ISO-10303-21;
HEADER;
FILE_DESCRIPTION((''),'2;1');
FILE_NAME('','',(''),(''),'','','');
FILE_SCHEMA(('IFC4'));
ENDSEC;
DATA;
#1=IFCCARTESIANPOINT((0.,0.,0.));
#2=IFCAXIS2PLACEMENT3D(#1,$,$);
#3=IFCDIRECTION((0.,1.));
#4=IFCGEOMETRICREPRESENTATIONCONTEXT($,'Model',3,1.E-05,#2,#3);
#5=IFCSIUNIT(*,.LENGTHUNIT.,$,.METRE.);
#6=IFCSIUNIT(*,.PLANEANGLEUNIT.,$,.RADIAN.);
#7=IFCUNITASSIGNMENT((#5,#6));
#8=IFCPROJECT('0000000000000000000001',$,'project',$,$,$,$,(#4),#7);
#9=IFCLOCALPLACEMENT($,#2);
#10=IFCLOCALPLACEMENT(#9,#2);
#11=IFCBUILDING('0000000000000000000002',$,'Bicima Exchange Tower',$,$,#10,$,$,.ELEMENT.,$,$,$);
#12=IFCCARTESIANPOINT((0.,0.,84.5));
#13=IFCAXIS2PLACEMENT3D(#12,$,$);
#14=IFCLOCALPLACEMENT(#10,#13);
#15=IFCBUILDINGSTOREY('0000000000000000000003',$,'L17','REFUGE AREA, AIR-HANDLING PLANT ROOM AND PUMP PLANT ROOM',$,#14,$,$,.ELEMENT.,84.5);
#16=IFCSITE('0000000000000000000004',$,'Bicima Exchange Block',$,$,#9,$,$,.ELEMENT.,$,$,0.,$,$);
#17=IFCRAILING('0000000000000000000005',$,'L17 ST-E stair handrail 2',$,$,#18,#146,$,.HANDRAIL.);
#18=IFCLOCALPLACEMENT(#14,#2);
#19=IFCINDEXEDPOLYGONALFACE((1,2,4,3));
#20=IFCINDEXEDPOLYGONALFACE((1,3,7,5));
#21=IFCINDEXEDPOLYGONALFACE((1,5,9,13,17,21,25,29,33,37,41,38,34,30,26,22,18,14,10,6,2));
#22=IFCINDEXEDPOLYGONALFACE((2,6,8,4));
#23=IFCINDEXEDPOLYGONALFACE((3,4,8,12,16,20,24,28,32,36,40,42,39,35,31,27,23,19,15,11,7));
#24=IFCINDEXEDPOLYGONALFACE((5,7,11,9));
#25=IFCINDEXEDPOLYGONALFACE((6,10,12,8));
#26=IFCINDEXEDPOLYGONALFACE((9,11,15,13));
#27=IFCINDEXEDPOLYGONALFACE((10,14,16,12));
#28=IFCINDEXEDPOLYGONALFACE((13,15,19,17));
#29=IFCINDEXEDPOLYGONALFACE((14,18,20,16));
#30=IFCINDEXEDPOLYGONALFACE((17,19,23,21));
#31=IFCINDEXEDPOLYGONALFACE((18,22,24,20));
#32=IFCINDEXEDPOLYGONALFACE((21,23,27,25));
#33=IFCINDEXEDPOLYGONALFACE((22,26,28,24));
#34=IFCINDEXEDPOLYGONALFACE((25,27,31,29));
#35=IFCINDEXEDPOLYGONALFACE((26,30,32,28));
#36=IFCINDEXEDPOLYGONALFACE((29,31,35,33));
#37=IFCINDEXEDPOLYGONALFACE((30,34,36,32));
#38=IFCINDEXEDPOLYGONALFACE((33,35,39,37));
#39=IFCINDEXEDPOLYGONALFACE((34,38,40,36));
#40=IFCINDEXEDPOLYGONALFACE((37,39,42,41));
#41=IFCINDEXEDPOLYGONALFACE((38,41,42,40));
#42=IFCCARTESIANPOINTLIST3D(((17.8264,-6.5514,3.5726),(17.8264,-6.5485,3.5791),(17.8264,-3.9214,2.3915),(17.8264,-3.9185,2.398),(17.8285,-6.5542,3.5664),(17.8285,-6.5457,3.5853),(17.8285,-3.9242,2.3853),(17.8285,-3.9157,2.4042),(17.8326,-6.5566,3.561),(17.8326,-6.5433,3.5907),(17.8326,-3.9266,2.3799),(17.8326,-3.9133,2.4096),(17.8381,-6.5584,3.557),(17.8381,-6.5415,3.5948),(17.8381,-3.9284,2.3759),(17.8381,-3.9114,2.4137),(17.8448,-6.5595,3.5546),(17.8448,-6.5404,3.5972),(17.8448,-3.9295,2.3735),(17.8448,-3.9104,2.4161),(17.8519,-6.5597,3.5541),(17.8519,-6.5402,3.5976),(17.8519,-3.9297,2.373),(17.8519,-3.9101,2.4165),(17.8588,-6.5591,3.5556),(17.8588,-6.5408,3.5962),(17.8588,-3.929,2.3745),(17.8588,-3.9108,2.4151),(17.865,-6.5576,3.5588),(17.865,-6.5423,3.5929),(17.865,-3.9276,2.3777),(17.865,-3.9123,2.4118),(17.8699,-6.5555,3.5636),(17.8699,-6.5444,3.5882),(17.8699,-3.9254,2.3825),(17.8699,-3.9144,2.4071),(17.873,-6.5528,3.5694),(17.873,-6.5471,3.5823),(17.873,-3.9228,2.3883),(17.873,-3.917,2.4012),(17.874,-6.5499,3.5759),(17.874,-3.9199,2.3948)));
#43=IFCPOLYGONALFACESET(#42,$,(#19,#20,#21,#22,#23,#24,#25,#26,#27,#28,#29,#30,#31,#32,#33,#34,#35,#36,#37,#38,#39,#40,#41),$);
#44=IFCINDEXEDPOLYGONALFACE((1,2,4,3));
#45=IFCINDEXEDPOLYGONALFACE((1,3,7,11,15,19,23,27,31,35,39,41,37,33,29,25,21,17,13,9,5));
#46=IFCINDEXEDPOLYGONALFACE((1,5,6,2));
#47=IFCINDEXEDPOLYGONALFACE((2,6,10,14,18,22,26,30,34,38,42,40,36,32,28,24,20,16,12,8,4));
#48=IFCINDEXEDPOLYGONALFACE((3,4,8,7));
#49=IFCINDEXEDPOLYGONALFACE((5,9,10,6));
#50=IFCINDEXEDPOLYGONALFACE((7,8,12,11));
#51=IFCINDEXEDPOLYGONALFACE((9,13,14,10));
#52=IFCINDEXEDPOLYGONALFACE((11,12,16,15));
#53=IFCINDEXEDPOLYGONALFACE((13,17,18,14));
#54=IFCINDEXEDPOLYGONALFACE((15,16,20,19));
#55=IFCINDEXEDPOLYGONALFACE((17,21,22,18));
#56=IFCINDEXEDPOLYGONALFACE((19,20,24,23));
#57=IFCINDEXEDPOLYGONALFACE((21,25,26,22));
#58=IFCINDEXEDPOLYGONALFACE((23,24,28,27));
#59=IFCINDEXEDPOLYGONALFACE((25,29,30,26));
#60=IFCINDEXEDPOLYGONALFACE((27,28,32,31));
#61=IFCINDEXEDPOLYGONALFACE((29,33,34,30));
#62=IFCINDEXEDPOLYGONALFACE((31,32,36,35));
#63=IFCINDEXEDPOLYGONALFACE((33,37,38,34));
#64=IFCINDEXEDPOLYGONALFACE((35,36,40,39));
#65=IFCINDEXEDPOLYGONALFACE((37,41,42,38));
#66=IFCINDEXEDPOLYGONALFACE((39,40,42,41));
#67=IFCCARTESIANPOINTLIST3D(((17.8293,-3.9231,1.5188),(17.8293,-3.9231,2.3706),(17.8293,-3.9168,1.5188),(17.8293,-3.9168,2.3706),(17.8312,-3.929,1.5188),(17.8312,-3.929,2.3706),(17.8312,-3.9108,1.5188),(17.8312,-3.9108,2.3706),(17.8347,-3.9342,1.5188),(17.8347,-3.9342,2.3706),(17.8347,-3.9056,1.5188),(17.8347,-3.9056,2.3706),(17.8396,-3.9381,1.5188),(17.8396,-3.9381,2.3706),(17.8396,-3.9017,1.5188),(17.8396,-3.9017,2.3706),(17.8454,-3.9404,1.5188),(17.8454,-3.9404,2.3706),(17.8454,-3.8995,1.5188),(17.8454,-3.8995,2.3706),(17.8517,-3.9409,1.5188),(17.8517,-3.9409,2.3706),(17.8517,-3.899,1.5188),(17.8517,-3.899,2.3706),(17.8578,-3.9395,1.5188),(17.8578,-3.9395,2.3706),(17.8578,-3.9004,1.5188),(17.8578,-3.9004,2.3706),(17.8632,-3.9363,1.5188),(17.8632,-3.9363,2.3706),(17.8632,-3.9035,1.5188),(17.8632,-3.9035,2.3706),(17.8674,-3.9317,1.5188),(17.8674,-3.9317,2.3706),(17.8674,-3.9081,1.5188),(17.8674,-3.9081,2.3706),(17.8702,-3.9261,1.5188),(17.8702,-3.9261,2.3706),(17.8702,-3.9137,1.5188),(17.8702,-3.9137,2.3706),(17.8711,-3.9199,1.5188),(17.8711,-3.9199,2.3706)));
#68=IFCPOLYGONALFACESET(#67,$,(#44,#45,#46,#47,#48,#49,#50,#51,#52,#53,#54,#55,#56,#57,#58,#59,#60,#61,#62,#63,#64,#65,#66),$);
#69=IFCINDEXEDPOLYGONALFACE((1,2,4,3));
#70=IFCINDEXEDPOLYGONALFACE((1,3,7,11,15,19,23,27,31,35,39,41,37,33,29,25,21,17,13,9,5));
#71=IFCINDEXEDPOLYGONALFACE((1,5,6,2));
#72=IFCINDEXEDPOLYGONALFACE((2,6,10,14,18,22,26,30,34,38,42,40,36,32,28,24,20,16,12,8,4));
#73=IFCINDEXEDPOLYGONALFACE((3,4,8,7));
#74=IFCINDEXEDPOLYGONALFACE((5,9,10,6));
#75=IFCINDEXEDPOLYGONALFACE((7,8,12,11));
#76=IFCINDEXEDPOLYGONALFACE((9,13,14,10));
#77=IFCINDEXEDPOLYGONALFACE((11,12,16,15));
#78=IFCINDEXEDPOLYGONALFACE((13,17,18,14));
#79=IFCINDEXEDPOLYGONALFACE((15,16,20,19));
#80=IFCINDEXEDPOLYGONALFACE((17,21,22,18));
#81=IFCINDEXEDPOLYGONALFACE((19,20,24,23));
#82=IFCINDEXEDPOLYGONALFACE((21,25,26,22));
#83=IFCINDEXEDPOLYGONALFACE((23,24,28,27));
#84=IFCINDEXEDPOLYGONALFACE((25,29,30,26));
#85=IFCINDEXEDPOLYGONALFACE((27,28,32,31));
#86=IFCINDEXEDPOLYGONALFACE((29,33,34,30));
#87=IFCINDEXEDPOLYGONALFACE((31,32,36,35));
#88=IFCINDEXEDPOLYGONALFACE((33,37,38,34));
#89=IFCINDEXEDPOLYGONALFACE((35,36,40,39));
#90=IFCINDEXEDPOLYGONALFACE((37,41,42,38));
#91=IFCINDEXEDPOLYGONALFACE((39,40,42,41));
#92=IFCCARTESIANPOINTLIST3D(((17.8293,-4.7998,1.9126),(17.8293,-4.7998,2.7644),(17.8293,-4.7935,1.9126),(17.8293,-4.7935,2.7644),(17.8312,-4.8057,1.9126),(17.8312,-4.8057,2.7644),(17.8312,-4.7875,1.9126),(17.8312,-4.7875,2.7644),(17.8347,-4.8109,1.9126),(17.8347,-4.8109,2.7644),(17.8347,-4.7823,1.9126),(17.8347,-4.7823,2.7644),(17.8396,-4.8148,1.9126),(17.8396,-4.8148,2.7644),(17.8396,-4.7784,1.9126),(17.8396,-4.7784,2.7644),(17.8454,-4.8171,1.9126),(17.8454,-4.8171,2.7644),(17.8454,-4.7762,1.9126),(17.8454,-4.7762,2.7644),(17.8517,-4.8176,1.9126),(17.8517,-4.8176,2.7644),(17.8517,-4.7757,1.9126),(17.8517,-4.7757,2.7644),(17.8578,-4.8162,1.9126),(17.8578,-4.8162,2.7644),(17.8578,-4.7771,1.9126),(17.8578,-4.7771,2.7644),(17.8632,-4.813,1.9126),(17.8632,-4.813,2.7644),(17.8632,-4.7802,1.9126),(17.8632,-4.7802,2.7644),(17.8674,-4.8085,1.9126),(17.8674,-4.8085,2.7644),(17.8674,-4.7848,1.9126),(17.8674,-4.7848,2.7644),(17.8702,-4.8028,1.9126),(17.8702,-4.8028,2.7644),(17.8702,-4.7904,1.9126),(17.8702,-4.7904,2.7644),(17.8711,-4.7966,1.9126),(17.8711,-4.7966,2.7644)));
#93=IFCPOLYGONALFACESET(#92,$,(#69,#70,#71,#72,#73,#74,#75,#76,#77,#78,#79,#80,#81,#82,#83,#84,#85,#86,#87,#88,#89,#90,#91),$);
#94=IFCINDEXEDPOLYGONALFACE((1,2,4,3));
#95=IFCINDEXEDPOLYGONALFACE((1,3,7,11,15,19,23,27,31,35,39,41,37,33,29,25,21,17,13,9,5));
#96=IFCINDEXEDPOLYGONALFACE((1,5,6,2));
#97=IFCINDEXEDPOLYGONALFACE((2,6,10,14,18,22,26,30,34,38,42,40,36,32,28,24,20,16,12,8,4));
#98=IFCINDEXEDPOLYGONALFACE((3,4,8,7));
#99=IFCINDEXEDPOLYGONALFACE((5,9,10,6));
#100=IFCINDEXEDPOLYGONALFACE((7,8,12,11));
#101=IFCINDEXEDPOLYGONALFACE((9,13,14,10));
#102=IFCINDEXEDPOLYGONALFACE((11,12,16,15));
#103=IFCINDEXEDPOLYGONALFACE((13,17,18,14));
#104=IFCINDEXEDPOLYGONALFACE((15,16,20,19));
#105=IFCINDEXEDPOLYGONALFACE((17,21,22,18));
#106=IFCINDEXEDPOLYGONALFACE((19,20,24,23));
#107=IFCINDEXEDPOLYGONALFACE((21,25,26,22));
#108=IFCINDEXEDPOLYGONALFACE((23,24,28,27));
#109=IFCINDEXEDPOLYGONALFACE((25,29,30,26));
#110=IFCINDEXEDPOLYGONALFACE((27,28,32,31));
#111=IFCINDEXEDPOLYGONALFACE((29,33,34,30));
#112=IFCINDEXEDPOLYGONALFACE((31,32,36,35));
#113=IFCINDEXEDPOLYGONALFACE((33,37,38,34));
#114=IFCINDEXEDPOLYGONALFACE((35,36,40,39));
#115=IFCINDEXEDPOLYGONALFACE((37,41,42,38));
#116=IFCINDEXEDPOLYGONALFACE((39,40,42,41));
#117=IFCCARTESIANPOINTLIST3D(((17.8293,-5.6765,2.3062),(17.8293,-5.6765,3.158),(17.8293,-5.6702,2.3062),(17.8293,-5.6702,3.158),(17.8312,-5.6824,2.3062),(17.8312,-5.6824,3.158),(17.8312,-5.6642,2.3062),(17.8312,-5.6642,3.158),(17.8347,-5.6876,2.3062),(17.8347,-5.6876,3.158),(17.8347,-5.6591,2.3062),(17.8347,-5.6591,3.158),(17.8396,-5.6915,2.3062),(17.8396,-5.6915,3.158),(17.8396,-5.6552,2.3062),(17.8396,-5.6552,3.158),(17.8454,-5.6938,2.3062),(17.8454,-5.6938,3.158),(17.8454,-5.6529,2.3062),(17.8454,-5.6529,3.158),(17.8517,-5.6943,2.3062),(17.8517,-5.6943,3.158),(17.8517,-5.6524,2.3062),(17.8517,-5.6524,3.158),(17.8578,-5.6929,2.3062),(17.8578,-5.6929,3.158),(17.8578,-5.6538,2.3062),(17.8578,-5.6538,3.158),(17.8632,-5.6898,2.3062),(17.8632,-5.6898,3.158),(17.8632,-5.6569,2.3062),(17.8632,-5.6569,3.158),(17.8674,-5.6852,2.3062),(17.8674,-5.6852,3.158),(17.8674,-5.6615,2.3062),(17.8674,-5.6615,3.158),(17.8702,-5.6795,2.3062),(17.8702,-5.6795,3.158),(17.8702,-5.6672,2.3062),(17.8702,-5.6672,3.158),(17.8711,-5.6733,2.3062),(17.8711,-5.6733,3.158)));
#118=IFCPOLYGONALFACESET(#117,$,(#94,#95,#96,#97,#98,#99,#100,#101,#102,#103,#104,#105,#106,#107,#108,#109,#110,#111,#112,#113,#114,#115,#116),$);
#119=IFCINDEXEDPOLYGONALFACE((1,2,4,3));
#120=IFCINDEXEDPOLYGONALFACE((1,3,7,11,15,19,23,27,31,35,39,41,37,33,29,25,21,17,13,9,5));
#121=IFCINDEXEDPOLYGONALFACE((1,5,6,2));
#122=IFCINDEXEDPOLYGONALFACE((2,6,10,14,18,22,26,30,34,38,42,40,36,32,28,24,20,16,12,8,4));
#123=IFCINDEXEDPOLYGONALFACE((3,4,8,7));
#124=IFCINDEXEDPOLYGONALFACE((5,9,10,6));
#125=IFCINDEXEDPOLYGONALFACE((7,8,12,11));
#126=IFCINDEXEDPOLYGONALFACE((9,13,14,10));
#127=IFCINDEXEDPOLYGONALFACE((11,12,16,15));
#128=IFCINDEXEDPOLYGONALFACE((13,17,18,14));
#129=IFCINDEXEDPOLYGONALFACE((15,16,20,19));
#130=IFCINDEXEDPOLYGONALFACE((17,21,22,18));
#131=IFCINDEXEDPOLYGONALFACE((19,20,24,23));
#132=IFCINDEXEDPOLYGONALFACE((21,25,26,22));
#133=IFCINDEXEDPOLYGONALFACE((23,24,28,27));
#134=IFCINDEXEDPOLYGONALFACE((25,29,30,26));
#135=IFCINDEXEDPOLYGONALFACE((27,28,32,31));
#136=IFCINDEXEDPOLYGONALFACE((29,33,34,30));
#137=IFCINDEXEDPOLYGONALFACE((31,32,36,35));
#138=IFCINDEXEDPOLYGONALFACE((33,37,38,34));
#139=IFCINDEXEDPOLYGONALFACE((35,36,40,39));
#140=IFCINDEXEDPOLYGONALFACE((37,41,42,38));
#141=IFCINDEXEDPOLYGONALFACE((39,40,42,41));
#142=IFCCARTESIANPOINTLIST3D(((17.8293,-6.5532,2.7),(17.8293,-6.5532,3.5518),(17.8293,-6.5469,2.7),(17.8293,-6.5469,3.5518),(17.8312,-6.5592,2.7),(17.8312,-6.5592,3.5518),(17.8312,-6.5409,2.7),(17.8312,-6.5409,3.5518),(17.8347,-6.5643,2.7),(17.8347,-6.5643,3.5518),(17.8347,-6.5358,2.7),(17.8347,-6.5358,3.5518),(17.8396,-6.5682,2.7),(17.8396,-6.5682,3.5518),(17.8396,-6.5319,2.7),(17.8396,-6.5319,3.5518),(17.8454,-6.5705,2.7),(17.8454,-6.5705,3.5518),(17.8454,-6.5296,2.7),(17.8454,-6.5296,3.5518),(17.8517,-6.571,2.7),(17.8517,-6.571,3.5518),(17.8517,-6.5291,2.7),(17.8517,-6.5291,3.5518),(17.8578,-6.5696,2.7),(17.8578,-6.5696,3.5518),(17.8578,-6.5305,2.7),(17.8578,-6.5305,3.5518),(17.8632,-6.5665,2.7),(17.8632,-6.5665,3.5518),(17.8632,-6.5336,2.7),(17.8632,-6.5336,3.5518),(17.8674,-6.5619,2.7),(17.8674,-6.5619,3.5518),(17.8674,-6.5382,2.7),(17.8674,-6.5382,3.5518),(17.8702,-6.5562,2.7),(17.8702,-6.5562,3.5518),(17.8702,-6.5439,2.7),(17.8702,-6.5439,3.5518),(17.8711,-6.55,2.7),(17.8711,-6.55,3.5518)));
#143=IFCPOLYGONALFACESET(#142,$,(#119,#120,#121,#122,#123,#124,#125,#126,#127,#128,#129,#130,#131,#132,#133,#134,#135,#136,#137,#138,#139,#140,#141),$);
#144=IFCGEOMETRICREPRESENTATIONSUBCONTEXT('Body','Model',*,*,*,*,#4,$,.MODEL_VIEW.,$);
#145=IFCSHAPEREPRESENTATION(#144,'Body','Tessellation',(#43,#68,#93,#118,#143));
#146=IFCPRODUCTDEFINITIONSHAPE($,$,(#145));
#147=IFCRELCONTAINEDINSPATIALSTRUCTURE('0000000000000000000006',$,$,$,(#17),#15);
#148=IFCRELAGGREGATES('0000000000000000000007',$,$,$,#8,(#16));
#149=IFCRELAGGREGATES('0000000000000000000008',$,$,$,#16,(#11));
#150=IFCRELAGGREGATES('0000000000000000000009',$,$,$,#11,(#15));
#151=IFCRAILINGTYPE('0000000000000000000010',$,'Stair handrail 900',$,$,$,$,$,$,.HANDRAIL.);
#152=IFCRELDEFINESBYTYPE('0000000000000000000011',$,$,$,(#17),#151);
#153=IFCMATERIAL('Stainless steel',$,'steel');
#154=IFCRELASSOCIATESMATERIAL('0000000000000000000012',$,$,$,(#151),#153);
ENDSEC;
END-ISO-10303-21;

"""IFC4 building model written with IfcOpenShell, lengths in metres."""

from ifc_helpers import new_model, si_unit, direction, frame, origin, origin_2d, place, context, subcontext, project, spatial, circle, extrude, material, type_object, element, save


model = new_model("IFC4")

# Units and contexts
model_context = context("Model", 3, precision=1e-05, world=origin(), true_north=direction((0.0, 1.0)))
body_context = subcontext(model_context, "Body", "Model", "MODEL_VIEW")
ifc_project = project(units=[si_unit("LENGTHUNIT", "METRE"), si_unit("PLANEANGLEUNIT", "RADIAN")], contexts=[model_context])

# Site, building, storey
site_placement = place(None, origin())
site = spatial("IfcSite", under=ifc_project, at=site_placement, Name="Bicima Exchange Block", CompositionType="ELEMENT", RefElevation=0.0)
building_placement = place(site_placement, origin())
building = spatial("IfcBuilding", under=site, at=building_placement, Name="Bicima Exchange Tower", CompositionType="ELEMENT")
storey_placement = place(building_placement, frame((0.0, 0.0, 84.5)))
storey = spatial("IfcBuildingStorey", under=building, at=storey_placement, Name="L17", Description="REFUGE AREA, AIR-HANDLING PLANT ROOM AND PUMP PLANT ROOM", CompositionType="ELEMENT", Elevation=84.5)

# Railing
ifc_material_1 = material(Name="Stainless steel", Category="steel")
railing_type = type_object("IfcRailingType", Name="Stair handrail 900", PredefinedType="HANDRAIL", material=ifc_material_1)
railing_1_placement = place(storey_placement, frame((17.8501, -3.9199, 1.5188)))
element("IfcRailing", 1, at=railing_1_placement, inside=storey, type_object=railing_type, Name="L17 ST-E stair handrail 2", PredefinedType="HANDRAIL", context=body_context, shape_type="SweptSolid", body=[
    extrude(circle(Radius=0.0239, at=origin_2d()), frame((0.0, 0.0, 0.876), z_axis=(0.0, -0.912233, 0.409671), x_axis=(1.0, 0.0, 0.0)), (0.0, 0.0, 1.0), 2.8831),
    extrude(circle(Radius=0.021, at=origin_2d()), origin(), (0.0, 0.0, 1.0), 0.8518),
    extrude(circle(Radius=0.021, at=origin_2d()), frame((0.0, -0.8767, 0.3938)), (0.0, 0.0, 1.0), 0.8518),
    extrude(circle(Radius=0.021, at=origin_2d()), frame((0.0, -1.7534, 0.7874)), (0.0, 0.0, 1.0), 0.8518),
    extrude(circle(Radius=0.021, at=origin_2d()), frame((0.0, -2.6301, 1.1812)), (0.0, 0.0, 1.0), 0.8518),
])

save(model, "model.ifc")
